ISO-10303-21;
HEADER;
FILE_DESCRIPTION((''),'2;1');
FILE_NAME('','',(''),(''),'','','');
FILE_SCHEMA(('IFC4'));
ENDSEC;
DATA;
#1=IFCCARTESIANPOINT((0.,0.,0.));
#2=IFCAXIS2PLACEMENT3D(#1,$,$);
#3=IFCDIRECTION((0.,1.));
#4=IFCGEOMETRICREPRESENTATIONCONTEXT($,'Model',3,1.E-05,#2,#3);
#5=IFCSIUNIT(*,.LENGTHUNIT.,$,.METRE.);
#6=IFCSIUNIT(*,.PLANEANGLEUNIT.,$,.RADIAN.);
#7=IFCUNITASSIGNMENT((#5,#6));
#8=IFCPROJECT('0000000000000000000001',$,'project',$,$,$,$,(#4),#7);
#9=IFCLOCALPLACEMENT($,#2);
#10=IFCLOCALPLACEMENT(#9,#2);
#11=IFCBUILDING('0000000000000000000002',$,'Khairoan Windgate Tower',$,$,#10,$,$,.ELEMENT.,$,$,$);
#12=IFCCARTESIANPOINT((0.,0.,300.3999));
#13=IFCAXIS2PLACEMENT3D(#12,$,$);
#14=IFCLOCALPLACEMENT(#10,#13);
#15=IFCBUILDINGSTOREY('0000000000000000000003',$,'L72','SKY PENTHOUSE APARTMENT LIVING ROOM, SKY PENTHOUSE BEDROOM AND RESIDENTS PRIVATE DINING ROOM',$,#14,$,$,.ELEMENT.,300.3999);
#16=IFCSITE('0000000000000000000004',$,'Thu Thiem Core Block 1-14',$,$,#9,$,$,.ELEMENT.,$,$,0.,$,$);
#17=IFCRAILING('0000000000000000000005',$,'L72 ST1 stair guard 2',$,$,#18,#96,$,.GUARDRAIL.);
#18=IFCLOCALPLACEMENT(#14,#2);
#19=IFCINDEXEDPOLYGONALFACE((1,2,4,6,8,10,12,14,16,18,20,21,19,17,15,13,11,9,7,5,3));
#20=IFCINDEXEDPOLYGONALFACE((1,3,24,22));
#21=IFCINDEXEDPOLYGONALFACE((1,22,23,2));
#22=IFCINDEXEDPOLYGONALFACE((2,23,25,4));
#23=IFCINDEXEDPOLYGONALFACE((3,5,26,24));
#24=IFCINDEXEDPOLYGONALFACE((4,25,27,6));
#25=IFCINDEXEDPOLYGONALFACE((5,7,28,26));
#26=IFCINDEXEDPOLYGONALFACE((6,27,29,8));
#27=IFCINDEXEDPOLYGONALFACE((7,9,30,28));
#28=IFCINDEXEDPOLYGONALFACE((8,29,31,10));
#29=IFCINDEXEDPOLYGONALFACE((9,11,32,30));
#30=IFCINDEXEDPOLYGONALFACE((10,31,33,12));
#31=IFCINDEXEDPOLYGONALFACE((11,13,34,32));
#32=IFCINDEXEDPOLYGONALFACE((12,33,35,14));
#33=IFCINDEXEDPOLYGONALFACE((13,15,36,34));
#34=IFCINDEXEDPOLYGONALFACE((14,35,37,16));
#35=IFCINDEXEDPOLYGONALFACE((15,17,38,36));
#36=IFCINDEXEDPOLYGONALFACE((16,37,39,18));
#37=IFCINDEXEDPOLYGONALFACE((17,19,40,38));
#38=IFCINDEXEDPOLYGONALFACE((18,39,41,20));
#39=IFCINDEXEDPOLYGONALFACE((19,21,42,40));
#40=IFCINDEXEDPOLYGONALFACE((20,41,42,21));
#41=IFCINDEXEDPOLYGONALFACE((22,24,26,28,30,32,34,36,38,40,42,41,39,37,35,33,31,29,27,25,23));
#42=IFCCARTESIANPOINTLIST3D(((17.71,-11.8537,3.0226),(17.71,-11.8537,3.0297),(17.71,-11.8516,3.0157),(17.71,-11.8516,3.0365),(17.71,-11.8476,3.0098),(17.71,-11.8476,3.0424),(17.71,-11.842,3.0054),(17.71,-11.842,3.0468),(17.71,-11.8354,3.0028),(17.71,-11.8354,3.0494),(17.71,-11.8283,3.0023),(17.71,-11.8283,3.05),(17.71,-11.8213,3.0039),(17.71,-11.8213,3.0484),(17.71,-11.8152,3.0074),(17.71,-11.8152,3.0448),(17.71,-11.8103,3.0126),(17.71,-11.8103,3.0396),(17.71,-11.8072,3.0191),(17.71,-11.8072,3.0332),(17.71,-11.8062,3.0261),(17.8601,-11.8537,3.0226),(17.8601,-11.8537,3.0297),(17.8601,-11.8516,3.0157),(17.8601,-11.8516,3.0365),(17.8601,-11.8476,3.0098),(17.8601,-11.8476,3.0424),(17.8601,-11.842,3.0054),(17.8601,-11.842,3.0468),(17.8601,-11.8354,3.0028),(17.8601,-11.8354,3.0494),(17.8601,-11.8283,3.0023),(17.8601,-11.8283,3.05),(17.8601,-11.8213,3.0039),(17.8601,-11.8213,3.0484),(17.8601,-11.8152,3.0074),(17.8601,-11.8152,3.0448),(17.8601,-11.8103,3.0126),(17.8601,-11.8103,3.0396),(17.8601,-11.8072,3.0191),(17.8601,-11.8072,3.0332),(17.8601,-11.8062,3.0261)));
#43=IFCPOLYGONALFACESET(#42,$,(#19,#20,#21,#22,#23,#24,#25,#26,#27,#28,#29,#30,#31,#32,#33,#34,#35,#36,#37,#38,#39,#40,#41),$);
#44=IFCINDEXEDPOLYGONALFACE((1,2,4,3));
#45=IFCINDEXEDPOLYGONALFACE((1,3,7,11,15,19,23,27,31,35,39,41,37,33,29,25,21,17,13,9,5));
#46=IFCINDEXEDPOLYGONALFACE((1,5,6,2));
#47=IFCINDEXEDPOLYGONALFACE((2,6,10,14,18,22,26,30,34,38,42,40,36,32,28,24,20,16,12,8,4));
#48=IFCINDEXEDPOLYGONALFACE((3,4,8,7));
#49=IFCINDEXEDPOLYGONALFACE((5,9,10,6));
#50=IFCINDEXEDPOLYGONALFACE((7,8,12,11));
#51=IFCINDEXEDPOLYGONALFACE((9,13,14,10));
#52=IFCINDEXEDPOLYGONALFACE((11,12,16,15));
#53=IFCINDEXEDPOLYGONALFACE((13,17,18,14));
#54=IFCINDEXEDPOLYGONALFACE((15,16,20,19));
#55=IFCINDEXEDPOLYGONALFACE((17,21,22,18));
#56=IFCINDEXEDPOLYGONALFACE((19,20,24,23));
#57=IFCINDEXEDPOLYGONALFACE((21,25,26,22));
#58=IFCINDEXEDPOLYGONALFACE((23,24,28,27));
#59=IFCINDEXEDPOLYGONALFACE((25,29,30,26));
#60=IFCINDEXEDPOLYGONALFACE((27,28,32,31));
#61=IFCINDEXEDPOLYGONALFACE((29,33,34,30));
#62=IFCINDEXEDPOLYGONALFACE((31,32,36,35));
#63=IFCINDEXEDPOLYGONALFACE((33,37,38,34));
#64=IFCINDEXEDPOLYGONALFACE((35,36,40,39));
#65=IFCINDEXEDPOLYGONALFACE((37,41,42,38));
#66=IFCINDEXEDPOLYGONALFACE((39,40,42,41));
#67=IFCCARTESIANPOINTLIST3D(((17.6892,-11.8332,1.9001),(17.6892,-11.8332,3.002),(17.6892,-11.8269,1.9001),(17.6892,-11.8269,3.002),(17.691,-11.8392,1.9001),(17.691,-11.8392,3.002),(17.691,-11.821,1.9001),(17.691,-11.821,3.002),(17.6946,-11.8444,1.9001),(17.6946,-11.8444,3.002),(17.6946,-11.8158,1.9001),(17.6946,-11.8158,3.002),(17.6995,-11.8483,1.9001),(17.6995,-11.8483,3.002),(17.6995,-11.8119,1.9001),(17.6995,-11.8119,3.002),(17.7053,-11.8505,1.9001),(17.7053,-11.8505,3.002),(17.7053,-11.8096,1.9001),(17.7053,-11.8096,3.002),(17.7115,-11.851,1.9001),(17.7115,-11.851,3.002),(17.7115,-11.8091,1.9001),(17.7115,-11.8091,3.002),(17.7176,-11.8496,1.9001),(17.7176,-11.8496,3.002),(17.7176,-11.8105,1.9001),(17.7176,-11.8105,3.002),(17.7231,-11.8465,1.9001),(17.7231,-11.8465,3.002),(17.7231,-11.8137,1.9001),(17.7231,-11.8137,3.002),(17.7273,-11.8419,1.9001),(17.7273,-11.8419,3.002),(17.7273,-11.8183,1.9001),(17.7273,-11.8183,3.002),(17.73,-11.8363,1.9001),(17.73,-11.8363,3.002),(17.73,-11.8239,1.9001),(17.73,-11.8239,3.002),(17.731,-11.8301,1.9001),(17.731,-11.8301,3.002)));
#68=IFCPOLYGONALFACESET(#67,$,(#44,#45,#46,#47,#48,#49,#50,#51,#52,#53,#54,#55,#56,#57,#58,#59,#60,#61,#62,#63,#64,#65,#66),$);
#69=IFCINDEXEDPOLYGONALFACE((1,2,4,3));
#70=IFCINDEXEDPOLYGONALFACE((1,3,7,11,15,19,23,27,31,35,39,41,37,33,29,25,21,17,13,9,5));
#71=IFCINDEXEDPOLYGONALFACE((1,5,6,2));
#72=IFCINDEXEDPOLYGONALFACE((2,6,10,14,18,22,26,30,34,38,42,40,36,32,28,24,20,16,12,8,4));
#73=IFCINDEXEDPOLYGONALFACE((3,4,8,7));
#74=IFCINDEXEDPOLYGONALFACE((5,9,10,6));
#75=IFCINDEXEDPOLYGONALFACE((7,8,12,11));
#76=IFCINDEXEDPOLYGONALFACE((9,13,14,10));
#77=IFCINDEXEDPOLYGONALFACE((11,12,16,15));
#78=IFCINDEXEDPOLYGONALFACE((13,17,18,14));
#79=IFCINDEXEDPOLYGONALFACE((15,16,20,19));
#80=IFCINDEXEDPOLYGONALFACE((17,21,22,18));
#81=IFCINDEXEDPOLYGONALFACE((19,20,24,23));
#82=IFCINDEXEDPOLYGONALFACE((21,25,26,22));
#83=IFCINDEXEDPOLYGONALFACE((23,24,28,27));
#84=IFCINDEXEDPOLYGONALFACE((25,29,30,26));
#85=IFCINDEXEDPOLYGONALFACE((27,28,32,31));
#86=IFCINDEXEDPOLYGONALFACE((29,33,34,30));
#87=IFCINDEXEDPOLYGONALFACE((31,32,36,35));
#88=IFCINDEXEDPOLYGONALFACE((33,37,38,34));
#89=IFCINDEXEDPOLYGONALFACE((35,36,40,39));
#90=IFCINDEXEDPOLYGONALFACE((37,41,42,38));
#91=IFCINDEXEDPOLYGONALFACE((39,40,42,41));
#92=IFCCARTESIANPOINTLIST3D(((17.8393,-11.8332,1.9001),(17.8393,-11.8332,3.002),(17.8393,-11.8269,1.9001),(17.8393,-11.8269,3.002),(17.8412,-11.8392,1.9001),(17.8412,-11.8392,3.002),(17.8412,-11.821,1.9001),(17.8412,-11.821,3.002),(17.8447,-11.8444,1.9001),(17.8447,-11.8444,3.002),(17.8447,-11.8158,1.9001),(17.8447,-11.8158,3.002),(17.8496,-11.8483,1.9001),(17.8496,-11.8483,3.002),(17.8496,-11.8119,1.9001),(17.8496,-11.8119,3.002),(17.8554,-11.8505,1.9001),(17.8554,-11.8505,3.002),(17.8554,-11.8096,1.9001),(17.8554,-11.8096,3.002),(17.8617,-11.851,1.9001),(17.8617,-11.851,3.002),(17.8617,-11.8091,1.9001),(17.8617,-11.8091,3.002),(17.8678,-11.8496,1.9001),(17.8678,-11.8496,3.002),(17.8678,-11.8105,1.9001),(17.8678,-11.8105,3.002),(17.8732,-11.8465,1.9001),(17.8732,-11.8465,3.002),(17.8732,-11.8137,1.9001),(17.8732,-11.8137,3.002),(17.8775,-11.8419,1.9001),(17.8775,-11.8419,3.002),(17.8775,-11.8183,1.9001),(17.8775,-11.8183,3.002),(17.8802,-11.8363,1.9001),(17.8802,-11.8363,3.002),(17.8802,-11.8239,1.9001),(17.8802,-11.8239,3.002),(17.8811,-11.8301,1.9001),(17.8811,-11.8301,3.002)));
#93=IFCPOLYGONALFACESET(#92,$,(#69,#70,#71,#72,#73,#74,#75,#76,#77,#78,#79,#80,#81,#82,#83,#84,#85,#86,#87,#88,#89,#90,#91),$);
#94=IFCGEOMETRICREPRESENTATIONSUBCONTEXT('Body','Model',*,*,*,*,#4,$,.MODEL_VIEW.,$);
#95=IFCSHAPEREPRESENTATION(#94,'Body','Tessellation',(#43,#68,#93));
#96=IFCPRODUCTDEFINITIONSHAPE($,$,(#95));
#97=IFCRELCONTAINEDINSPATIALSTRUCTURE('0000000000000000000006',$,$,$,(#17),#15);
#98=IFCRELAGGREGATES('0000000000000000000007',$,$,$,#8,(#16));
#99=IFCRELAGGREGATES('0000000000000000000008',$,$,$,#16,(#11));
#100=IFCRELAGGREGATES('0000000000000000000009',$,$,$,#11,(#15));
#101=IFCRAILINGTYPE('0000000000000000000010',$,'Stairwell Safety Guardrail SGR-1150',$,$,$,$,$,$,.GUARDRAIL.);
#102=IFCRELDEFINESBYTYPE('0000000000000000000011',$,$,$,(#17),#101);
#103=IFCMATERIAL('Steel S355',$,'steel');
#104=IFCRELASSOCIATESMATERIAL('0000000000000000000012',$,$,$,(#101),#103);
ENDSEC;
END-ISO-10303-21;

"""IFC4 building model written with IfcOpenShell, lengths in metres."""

from ifc_helpers import new_model, si_unit, direction, frame, origin, origin_2d, place, context, subcontext, project, spatial, circle, extrude, material, type_object, element, save


model = new_model("IFC4")

# Units and contexts
model_context = context("Model", 3, precision=1e-05, world=origin(), true_north=direction((0.0, 1.0)))
body_context = subcontext(model_context, "Body", "Model", "MODEL_VIEW")
ifc_project = project(units=[si_unit("LENGTHUNIT", "METRE"), si_unit("PLANEANGLEUNIT", "RADIAN")], contexts=[model_context])

# Site, building, storey
site_placement = place(None, origin())
site = spatial("IfcSite", under=ifc_project, at=site_placement, Name="Thu Thiem Core Block 1-14", CompositionType="ELEMENT", RefElevation=0.0)
building_placement = place(site_placement, origin())
building = spatial("IfcBuilding", under=site, at=building_placement, Name="Khairoan Windgate Tower", CompositionType="ELEMENT")
storey_placement = place(building_placement, frame((0.0, 0.0, 300.3999)))
storey = spatial("IfcBuildingStorey", under=building, at=storey_placement, Name="L72", Description="SKY PENTHOUSE APARTMENT LIVING ROOM, SKY PENTHOUSE BEDROOM AND RESIDENTS PRIVATE DINING ROOM", CompositionType="ELEMENT", Elevation=300.3999)

# Railing
ifc_material_1 = material(Name="Steel S355", Category="steel")
railing_type_1 = type_object("IfcRailingType", Name="Stairwell Safety Guardrail SGR-1150", PredefinedType="GUARDRAIL", material=ifc_material_1)
railing_1_placement = place(storey_placement, frame((17.71, -11.8301, 1.9001)))
element("IfcRailing", 1, at=railing_1_placement, inside=storey, type_object=railing_type_1, Name="L72 ST1 stair guard 2", PredefinedType="GUARDRAIL", context=body_context, shape_type="SweptSolid", body=[
    extrude(circle(Radius=0.0239, at=origin_2d()), frame((0.0, 0.0, 1.126), z_axis=(1.0, 0.0, 0.0), x_axis=(0.0, 1.0, 0.0)), (0.0, 0.0, 1.0), 0.1501),
    extrude(circle(Radius=0.021, at=origin_2d()), origin(), (0.0, 0.0, 1.0), 1.1018),
    extrude(circle(Radius=0.021, at=origin_2d()), frame((0.1501, 0.0, 0.0)), (0.0, 0.0, 1.0), 1.1018),
])

save(model, "model.ifc")
